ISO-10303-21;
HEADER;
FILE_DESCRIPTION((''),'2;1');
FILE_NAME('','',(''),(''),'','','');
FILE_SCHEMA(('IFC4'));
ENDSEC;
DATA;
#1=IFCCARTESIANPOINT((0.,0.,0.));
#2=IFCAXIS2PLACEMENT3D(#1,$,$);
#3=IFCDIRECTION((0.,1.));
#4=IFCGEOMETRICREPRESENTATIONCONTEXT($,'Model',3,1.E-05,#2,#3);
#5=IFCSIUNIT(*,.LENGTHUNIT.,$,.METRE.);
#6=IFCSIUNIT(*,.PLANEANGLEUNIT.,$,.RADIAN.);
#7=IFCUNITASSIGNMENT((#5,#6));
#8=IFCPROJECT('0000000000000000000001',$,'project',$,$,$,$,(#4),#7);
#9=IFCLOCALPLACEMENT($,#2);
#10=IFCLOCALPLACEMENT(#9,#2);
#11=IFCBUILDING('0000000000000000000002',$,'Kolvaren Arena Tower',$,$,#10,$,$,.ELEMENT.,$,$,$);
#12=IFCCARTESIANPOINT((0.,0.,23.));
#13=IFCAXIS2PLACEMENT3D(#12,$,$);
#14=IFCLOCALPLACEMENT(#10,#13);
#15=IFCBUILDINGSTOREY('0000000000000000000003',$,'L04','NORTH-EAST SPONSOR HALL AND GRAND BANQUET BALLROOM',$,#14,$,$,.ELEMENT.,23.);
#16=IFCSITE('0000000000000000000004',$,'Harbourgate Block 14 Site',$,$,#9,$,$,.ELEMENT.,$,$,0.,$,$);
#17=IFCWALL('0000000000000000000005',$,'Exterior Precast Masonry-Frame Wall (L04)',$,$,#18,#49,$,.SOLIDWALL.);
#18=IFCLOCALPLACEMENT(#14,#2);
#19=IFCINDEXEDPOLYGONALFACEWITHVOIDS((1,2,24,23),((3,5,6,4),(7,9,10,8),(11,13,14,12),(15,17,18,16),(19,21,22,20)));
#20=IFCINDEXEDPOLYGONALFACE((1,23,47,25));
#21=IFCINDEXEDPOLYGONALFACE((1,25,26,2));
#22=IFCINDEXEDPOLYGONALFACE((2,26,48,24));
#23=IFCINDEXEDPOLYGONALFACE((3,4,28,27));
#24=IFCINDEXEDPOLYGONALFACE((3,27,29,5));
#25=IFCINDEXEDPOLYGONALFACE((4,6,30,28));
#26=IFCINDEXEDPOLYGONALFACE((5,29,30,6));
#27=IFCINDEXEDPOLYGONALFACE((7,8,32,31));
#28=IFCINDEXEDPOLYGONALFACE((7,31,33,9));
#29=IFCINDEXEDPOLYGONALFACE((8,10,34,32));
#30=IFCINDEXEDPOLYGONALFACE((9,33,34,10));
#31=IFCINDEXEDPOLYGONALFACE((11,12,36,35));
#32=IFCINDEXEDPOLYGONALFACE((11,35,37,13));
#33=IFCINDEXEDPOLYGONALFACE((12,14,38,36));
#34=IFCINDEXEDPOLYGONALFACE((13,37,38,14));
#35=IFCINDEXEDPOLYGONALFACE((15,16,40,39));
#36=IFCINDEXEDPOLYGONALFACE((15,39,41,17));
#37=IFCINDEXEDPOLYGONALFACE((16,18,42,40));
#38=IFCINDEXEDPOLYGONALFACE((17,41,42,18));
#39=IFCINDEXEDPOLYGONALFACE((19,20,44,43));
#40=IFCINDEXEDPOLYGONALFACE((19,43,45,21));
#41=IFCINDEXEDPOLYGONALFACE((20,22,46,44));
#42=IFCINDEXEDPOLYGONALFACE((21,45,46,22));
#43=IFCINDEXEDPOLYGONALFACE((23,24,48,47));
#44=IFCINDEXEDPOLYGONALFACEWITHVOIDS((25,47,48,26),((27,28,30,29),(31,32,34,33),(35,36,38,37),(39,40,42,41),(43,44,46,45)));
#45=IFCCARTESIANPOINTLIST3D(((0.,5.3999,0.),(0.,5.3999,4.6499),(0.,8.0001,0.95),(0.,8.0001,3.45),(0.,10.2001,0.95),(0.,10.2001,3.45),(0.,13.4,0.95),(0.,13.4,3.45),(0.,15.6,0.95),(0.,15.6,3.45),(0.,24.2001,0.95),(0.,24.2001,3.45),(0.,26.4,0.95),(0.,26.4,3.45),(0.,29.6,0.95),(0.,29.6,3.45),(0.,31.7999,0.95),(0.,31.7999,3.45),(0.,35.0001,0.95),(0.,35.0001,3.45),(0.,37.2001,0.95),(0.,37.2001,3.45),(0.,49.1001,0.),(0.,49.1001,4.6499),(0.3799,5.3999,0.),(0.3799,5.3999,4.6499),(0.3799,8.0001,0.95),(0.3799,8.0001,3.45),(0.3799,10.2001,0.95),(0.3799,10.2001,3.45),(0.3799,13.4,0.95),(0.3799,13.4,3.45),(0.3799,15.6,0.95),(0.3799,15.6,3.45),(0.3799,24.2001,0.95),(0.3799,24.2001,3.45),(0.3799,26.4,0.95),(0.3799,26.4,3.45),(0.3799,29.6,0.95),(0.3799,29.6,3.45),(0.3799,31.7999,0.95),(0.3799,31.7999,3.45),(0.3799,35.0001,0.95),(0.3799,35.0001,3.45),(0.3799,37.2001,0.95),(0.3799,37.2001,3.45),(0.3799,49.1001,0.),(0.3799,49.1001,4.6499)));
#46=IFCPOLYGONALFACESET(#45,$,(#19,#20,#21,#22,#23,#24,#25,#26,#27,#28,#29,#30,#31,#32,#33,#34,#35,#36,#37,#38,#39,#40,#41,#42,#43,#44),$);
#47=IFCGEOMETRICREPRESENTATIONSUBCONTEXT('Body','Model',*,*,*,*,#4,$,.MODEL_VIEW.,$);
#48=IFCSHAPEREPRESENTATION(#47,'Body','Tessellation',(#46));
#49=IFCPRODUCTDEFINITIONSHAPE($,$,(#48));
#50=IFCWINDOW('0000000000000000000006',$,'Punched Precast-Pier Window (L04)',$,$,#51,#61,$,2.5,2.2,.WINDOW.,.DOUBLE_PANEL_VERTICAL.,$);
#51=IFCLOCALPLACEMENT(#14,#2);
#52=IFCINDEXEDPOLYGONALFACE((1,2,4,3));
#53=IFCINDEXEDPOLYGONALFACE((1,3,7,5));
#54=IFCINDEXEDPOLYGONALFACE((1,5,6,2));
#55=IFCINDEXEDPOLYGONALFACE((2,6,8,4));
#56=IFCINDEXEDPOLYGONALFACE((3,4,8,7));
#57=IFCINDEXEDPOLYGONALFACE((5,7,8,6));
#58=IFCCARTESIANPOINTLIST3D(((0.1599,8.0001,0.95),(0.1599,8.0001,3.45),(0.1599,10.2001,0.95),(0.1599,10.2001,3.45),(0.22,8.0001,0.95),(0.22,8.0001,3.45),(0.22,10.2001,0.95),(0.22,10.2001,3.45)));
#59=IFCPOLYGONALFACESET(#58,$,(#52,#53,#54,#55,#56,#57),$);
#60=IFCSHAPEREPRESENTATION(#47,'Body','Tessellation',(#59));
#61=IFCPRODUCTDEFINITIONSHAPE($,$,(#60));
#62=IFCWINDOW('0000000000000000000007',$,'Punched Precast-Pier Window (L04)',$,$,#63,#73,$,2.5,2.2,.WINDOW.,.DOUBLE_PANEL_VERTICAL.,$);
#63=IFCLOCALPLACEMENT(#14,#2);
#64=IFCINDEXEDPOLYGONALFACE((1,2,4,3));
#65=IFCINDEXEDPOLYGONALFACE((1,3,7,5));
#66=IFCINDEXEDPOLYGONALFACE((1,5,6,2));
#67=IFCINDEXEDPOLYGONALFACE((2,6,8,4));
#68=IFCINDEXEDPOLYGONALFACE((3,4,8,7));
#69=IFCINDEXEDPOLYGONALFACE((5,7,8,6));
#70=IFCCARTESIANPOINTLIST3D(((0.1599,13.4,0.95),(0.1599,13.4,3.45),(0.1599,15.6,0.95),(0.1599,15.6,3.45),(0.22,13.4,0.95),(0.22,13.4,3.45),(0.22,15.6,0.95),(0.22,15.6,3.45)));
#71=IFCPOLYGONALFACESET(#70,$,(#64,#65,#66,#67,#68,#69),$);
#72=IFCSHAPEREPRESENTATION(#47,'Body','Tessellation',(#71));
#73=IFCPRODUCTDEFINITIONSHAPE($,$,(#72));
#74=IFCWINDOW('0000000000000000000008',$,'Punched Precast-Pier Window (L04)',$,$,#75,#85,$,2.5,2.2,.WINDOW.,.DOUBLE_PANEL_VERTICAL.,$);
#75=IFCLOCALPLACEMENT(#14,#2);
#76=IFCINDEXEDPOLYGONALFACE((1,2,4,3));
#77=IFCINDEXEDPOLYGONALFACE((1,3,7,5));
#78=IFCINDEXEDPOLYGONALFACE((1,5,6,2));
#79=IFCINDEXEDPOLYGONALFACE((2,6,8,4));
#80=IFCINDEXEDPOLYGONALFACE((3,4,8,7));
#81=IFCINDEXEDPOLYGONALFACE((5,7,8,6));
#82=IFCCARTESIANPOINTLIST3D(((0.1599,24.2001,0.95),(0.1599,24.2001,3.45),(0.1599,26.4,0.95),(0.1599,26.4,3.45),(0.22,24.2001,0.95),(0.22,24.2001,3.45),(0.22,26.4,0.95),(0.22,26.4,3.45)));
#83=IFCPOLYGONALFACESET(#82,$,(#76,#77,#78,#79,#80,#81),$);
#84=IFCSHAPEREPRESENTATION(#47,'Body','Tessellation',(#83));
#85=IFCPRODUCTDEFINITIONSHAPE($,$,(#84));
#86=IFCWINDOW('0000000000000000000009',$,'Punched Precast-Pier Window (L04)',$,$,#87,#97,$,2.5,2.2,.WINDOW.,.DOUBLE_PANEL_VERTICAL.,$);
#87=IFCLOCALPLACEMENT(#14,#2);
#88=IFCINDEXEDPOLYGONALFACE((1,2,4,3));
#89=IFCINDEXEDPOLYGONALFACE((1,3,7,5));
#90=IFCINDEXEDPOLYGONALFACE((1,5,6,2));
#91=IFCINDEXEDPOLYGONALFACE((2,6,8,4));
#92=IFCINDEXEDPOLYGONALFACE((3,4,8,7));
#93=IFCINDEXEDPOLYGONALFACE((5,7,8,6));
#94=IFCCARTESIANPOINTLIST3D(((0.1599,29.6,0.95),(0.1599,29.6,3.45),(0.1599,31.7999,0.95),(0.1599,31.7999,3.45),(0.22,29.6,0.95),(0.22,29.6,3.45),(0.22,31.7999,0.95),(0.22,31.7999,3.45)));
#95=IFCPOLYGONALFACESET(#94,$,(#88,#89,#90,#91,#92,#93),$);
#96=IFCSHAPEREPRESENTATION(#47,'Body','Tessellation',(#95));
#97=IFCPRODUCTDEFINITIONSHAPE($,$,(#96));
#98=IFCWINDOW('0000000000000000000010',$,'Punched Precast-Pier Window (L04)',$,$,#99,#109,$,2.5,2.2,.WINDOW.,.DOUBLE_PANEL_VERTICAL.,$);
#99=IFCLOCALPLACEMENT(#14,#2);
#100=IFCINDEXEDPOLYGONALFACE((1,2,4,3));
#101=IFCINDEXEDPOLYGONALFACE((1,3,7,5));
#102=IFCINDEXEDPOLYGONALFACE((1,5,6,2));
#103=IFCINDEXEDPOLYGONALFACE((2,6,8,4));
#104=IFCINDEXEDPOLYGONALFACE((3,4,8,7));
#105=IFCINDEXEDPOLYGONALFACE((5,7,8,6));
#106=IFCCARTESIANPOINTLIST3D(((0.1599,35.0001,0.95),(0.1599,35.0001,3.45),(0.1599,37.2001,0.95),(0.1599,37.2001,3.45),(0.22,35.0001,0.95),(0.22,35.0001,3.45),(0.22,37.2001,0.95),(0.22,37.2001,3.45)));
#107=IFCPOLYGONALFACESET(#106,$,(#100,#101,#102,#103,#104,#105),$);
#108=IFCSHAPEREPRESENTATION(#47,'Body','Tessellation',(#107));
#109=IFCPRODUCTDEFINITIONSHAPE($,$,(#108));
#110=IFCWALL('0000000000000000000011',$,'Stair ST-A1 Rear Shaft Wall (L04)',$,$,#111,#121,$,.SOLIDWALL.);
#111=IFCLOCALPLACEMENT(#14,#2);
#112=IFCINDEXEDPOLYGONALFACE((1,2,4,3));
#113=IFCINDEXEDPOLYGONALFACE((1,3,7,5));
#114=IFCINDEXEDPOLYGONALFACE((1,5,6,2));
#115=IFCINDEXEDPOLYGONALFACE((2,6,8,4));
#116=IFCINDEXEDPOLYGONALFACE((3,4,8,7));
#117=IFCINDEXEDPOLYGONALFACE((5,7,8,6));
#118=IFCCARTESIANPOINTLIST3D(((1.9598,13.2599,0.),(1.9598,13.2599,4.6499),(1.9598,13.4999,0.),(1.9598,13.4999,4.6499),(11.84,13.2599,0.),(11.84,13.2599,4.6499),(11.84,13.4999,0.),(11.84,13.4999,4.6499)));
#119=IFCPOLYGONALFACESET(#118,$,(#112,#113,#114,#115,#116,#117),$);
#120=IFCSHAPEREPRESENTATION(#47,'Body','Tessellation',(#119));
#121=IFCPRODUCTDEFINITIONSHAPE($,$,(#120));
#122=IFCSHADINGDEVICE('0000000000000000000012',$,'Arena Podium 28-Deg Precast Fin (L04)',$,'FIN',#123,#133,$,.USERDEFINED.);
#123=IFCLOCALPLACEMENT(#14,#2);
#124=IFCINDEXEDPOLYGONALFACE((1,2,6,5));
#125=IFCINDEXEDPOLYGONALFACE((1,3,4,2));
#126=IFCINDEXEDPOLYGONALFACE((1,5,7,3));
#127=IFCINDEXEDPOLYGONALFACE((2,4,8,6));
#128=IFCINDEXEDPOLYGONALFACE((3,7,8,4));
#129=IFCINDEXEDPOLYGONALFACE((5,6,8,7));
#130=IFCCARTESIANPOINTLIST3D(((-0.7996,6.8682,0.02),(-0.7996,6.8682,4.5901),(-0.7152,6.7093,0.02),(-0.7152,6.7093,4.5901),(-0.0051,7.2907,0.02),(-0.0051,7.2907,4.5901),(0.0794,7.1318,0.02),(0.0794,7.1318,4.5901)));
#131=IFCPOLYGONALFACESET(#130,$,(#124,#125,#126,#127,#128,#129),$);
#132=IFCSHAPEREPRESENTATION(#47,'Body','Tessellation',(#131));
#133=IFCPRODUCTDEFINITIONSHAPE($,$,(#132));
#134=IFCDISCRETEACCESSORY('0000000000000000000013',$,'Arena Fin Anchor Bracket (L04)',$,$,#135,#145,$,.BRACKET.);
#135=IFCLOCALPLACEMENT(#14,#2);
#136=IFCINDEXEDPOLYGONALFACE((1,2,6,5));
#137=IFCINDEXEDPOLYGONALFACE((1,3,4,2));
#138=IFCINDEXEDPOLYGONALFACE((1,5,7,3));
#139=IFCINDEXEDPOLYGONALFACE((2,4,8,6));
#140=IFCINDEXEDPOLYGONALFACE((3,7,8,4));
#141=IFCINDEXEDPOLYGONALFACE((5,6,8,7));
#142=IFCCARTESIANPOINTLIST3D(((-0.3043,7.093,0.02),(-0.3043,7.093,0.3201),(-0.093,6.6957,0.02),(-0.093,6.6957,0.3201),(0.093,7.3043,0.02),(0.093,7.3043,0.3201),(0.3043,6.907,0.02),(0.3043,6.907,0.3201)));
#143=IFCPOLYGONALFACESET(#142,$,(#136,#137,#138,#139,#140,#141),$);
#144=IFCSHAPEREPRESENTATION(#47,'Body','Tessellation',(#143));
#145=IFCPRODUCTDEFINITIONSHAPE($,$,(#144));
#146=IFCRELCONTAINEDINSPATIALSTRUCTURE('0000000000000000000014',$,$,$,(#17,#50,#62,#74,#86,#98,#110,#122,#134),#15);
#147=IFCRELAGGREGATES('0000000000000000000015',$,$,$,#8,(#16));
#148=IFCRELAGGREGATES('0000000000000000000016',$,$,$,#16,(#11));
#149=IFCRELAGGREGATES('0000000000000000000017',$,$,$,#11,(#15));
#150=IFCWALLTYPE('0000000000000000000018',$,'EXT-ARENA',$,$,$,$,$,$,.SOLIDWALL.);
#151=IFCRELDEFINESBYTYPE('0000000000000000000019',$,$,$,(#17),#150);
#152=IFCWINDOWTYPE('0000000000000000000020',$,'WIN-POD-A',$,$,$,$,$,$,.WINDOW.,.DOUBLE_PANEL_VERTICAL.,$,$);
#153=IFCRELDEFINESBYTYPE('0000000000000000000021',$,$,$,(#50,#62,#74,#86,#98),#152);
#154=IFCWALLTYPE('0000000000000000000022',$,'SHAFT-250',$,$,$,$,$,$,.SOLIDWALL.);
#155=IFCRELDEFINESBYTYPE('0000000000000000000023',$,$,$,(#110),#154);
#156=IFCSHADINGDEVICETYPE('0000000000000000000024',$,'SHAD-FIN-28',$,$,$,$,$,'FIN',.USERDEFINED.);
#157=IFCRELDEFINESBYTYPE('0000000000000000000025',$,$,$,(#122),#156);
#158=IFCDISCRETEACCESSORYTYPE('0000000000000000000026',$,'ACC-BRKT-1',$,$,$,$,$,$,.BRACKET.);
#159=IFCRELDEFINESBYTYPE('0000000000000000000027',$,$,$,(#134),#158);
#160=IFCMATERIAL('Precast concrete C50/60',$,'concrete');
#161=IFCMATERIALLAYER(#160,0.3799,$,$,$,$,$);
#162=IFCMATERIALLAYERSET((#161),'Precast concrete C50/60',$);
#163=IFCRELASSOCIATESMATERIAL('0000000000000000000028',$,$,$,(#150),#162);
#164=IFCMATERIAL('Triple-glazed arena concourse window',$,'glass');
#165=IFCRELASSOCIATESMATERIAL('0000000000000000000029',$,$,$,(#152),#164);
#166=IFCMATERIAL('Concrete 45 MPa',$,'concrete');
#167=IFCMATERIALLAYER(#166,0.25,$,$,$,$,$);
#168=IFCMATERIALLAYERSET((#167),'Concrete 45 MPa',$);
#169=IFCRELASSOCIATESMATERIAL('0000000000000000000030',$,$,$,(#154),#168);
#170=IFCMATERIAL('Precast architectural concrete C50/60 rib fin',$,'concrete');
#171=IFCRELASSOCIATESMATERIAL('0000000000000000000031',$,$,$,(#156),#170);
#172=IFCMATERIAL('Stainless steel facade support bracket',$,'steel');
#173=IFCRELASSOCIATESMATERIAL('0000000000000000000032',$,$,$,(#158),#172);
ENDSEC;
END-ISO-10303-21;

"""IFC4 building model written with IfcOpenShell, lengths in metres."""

from ifc_helpers import new_model, si_unit, direction, frame, frame_2d, origin, origin_2d, place, context, subcontext, project, spatial, rectangle, extrude, material, layer, layer_set, type_object, element, fill, save


model = new_model("IFC4")

# Units and contexts
model_context = context("Model", 3, precision=1e-05, world=origin(), true_north=direction((0.0, 1.0)))
body_context = subcontext(model_context, "Body", "Model", "MODEL_VIEW")
ifc_project = project(units=[si_unit("LENGTHUNIT", "METRE"), si_unit("PLANEANGLEUNIT", "RADIAN")], contexts=[model_context])

# Site, building, storey
site_placement = place(None, origin())
site = spatial("IfcSite", under=ifc_project, at=site_placement, Name="Harbourgate Block 14 Site", CompositionType="ELEMENT", RefElevation=0.0)
building_placement = place(site_placement, origin())
building = spatial("IfcBuilding", under=site, at=building_placement, Name="Kolvaren Arena Tower", CompositionType="ELEMENT")
storey_placement = place(building_placement, frame((0.0, 0.0, 23.0)))
storey = spatial("IfcBuildingStorey", under=building, at=storey_placement, Name="L04", Description="NORTH-EAST SPONSOR HALL AND GRAND BANQUET BALLROOM", CompositionType="ELEMENT", Elevation=23.0)

# Wall, openings, windows
ifc_material_1 = material(Name="Precast concrete C50/60", Category="concrete")
ifc_layer_1 = layer(ifc_material_1, 0.3799)
ifc_layer_set_1 = layer_set([ifc_layer_1], Name="Precast concrete C50/60")
wall_type_1 = type_object("IfcWallType", Name="EXT-ARENA", PredefinedType="SOLIDWALL", material=ifc_layer_set_1)
wall_1_placement = place(storey_placement, frame((0.1899, 5.3999, 0.0), z_axis=(0.0, 0.0, 1.0), x_axis=(0.0, 1.0, 0.0)))
wall_1 = element("IfcWall", 1, at=wall_1_placement, inside=storey, type_object=wall_type_1, Name="Exterior Precast Masonry-Frame Wall (L04)", PredefinedType="SOLIDWALL", context=body_context, shape_type="SweptSolid", body=[
    extrude(rectangle(XDim=43.7002, YDim=0.3799, at=frame_2d((21.8501, 0.0))), origin(), (0.0, 0.0, 1.0), 4.6499),
])
opening_1_placement = place(wall_1_placement, frame((2.6001, 0.0, 0.95)))
opening_1 = element("IfcOpeningElement", 2, at=opening_1_placement, cuts=wall_1, PredefinedType="OPENING", context=body_context, shape_type="SweptSolid", body=[
    extrude(rectangle(XDim=2.2, YDim=2.5, at=frame_2d((1.1001, 1.25))), frame((0.0, 0.2, 0.0), z_axis=(0.0, -1.0, 0.0), x_axis=(1.0, 0.0, 0.0)), (0.0, 0.0, 1.0), 0.3999),
])
opening_2_placement = place(wall_1_placement, frame((8.0, 0.0, 0.95)))
opening_2 = element("IfcOpeningElement", 3, at=opening_2_placement, cuts=wall_1, PredefinedType="OPENING", context=body_context, shape_type="SweptSolid", body=[
    extrude(rectangle(XDim=2.2, YDim=2.5, at=frame_2d((1.1001, 1.25))), frame((0.0, 0.2, 0.0), z_axis=(0.0, -1.0, 0.0), x_axis=(1.0, 0.0, 0.0)), (0.0, 0.0, 1.0), 0.3999),
])
opening_3_placement = place(wall_1_placement, frame((18.8, 0.0, 0.95)))
opening_3 = element("IfcOpeningElement", 4, at=opening_3_placement, cuts=wall_1, PredefinedType="OPENING", context=body_context, shape_type="SweptSolid", body=[
    extrude(rectangle(XDim=2.2, YDim=2.5, at=frame_2d((1.1001, 1.25))), frame((0.0, 0.2, 0.0), z_axis=(0.0, -1.0, 0.0), x_axis=(1.0, 0.0, 0.0)), (0.0, 0.0, 1.0), 0.3999),
])
opening_4_placement = place(wall_1_placement, frame((24.2, 0.0, 0.95)))
opening_4 = element("IfcOpeningElement", 5, at=opening_4_placement, cuts=wall_1, PredefinedType="OPENING", context=body_context, shape_type="SweptSolid", body=[
    extrude(rectangle(XDim=2.2, YDim=2.5, at=frame_2d((1.1001, 1.25))), frame((0.0, 0.2, 0.0), z_axis=(0.0, -1.0, 0.0), x_axis=(1.0, 0.0, 0.0)), (0.0, 0.0, 1.0), 0.3999),
])
opening_5_placement = place(wall_1_placement, frame((29.6001, 0.0, 0.95)))
opening_5 = element("IfcOpeningElement", 6, at=opening_5_placement, cuts=wall_1, PredefinedType="OPENING", context=body_context, shape_type="SweptSolid", body=[
    extrude(rectangle(XDim=2.2, YDim=2.5, at=frame_2d((1.1001, 1.25))), frame((0.0, 0.2, 0.0), z_axis=(0.0, -1.0, 0.0), x_axis=(1.0, 0.0, 0.0)), (0.0, 0.0, 1.0), 0.3999),
])
ifc_material_2 = material(Name="Triple-glazed arena concourse window", Category="glass")
window_type = type_object("IfcWindowType", Name="WIN-POD-A", PartitioningType="DOUBLE_PANEL_VERTICAL", PredefinedType="WINDOW", material=ifc_material_2)
window_1_placement = place(opening_1_placement, origin())
window_1 = element("IfcWindow", 7, at=window_1_placement, inside=storey, type_object=window_type, Name="Punched Precast-Pier Window (L04)", OverallHeight=2.5, OverallWidth=2.2, PartitioningType="DOUBLE_PANEL_VERTICAL", PredefinedType="WINDOW", context=body_context, shape_type="SweptSolid", body=[
    extrude(rectangle(XDim=2.2, YDim=2.5, at=frame_2d((1.1001, 1.25))), frame((0.0, 0.03, 0.0), z_axis=(0.0, -1.0, 0.0), x_axis=(1.0, 0.0, 0.0)), (0.0, 0.0, 1.0), 0.0601),
])
fill(opening_1, window_1)
window_2_placement = place(opening_2_placement, origin())
window_2 = element("IfcWindow", 8, at=window_2_placement, inside=storey, type_object=window_type, Name="Punched Precast-Pier Window (L04)", OverallHeight=2.5, OverallWidth=2.2, PartitioningType="DOUBLE_PANEL_VERTICAL", PredefinedType="WINDOW", context=body_context, shape_type="SweptSolid", body=[
    extrude(rectangle(XDim=2.2, YDim=2.5, at=frame_2d((1.1001, 1.25))), frame((0.0, 0.03, 0.0), z_axis=(0.0, -1.0, 0.0), x_axis=(1.0, 0.0, 0.0)), (0.0, 0.0, 1.0), 0.0601),
])
fill(opening_2, window_2)
window_3_placement = place(opening_3_placement, origin())
window_3 = element("IfcWindow", 9, at=window_3_placement, inside=storey, type_object=window_type, Name="Punched Precast-Pier Window (L04)", OverallHeight=2.5, OverallWidth=2.2, PartitioningType="DOUBLE_PANEL_VERTICAL", PredefinedType="WINDOW", context=body_context, shape_type="SweptSolid", body=[
    extrude(rectangle(XDim=2.2, YDim=2.5, at=frame_2d((1.1001, 1.25))), frame((0.0, 0.03, 0.0), z_axis=(0.0, -1.0, 0.0), x_axis=(1.0, 0.0, 0.0)), (0.0, 0.0, 1.0), 0.0601),
])
fill(opening_3, window_3)
window_4_placement = place(opening_4_placement, origin())
window_4 = element("IfcWindow", 10, at=window_4_placement, inside=storey, type_object=window_type, Name="Punched Precast-Pier Window (L04)", OverallHeight=2.5, OverallWidth=2.2, PartitioningType="DOUBLE_PANEL_VERTICAL", PredefinedType="WINDOW", context=body_context, shape_type="SweptSolid", body=[
    extrude(rectangle(XDim=2.2, YDim=2.5, at=frame_2d((1.1001, 1.25))), frame((0.0, 0.03, 0.0), z_axis=(0.0, -1.0, 0.0), x_axis=(1.0, 0.0, 0.0)), (0.0, 0.0, 1.0), 0.0601),
])
fill(opening_4, window_4)
window_5_placement = place(opening_5_placement, origin())
window_5 = element("IfcWindow", 11, at=window_5_placement, inside=storey, type_object=window_type, Name="Punched Precast-Pier Window (L04)", OverallHeight=2.5, OverallWidth=2.2, PartitioningType="DOUBLE_PANEL_VERTICAL", PredefinedType="WINDOW", context=body_context, shape_type="SweptSolid", body=[
    extrude(rectangle(XDim=2.2, YDim=2.5, at=frame_2d((1.1001, 1.25))), frame((0.0, 0.03, 0.0), z_axis=(0.0, -1.0, 0.0), x_axis=(1.0, 0.0, 0.0)), (0.0, 0.0, 1.0), 0.0601),
])
fill(opening_5, window_5)

# Wall
ifc_material_3 = material(Name="Concrete 45 MPa", Category="concrete")
ifc_layer_2 = layer(ifc_material_3, 0.25)
ifc_layer_set_2 = layer_set([ifc_layer_2], Name="Concrete 45 MPa")
wall_type_2 = type_object("IfcWallType", Name="SHAFT-250", PredefinedType="SOLIDWALL", material=ifc_layer_set_2)
wall_2_placement = place(storey_placement, frame((1.96, 13.3799, 0.0), z_axis=(0.0, 0.0, 1.0), x_axis=(1.0, 0.0, 0.0)))
element("IfcWall", 12, at=wall_2_placement, inside=storey, type_object=wall_type_2, Name="Stair ST-A1 Rear Shaft Wall (L04)", PredefinedType="SOLIDWALL", context=body_context, shape_type="SweptSolid", body=[
    extrude(rectangle(XDim=9.8801, YDim=0.24, at=frame_2d((4.9399, 0.0))), origin(), (0.0, 0.0, 1.0), 4.6499),
])

# Shading device
ifc_material_4 = material(Name="Precast architectural concrete C50/60 rib fin", Category="concrete")
shading_device_type = type_object("IfcShadingDeviceType", Name="SHAD-FIN-28", ElementType="FIN", PredefinedType="USERDEFINED", material=ifc_material_4)
shading_device_placement = place(storey_placement, frame((-0.3601, 7.0, 0.02), z_axis=(0.0, 0.0, 1.0), x_axis=(-0.882948, -0.469472, 0.0)))
element("IfcShadingDevice", 13, at=shading_device_placement, inside=storey, type_object=shading_device_type, Name="Arena Podium 28-Deg Precast Fin (L04)", ObjectType="FIN", PredefinedType="USERDEFINED", context=body_context, shape_type="SweptSolid", body=[
    extrude(rectangle(XDim=0.8999, YDim=0.1799, at=origin_2d()), origin(), (0.0, 0.0, 1.0), 4.5701),
])

# Discrete accessory
ifc_material_5 = material(Name="Stainless steel facade support bracket", Category="steel")
discrete_accessory_type = type_object("IfcDiscreteAccessoryType", Name="ACC-BRKT-1", PredefinedType="BRACKET", material=ifc_material_5)
discrete_accessory_placement = place(storey_placement, frame((0.0, 7.0, 0.02), z_axis=(0.0, 0.0, 1.0), x_axis=(-0.882948, -0.469472, 0.0)))
element("IfcDiscreteAccessory", 14, at=discrete_accessory_placement, inside=storey, type_object=discrete_accessory_type, Name="Arena Fin Anchor Bracket (L04)", PredefinedType="BRACKET", context=body_context, shape_type="SweptSolid", body=[
    extrude(rectangle(XDim=0.45, YDim=0.45, at=origin_2d()), origin(), (0.0, 0.0, 1.0), 0.3),
])

save(model, "model.ifc")
